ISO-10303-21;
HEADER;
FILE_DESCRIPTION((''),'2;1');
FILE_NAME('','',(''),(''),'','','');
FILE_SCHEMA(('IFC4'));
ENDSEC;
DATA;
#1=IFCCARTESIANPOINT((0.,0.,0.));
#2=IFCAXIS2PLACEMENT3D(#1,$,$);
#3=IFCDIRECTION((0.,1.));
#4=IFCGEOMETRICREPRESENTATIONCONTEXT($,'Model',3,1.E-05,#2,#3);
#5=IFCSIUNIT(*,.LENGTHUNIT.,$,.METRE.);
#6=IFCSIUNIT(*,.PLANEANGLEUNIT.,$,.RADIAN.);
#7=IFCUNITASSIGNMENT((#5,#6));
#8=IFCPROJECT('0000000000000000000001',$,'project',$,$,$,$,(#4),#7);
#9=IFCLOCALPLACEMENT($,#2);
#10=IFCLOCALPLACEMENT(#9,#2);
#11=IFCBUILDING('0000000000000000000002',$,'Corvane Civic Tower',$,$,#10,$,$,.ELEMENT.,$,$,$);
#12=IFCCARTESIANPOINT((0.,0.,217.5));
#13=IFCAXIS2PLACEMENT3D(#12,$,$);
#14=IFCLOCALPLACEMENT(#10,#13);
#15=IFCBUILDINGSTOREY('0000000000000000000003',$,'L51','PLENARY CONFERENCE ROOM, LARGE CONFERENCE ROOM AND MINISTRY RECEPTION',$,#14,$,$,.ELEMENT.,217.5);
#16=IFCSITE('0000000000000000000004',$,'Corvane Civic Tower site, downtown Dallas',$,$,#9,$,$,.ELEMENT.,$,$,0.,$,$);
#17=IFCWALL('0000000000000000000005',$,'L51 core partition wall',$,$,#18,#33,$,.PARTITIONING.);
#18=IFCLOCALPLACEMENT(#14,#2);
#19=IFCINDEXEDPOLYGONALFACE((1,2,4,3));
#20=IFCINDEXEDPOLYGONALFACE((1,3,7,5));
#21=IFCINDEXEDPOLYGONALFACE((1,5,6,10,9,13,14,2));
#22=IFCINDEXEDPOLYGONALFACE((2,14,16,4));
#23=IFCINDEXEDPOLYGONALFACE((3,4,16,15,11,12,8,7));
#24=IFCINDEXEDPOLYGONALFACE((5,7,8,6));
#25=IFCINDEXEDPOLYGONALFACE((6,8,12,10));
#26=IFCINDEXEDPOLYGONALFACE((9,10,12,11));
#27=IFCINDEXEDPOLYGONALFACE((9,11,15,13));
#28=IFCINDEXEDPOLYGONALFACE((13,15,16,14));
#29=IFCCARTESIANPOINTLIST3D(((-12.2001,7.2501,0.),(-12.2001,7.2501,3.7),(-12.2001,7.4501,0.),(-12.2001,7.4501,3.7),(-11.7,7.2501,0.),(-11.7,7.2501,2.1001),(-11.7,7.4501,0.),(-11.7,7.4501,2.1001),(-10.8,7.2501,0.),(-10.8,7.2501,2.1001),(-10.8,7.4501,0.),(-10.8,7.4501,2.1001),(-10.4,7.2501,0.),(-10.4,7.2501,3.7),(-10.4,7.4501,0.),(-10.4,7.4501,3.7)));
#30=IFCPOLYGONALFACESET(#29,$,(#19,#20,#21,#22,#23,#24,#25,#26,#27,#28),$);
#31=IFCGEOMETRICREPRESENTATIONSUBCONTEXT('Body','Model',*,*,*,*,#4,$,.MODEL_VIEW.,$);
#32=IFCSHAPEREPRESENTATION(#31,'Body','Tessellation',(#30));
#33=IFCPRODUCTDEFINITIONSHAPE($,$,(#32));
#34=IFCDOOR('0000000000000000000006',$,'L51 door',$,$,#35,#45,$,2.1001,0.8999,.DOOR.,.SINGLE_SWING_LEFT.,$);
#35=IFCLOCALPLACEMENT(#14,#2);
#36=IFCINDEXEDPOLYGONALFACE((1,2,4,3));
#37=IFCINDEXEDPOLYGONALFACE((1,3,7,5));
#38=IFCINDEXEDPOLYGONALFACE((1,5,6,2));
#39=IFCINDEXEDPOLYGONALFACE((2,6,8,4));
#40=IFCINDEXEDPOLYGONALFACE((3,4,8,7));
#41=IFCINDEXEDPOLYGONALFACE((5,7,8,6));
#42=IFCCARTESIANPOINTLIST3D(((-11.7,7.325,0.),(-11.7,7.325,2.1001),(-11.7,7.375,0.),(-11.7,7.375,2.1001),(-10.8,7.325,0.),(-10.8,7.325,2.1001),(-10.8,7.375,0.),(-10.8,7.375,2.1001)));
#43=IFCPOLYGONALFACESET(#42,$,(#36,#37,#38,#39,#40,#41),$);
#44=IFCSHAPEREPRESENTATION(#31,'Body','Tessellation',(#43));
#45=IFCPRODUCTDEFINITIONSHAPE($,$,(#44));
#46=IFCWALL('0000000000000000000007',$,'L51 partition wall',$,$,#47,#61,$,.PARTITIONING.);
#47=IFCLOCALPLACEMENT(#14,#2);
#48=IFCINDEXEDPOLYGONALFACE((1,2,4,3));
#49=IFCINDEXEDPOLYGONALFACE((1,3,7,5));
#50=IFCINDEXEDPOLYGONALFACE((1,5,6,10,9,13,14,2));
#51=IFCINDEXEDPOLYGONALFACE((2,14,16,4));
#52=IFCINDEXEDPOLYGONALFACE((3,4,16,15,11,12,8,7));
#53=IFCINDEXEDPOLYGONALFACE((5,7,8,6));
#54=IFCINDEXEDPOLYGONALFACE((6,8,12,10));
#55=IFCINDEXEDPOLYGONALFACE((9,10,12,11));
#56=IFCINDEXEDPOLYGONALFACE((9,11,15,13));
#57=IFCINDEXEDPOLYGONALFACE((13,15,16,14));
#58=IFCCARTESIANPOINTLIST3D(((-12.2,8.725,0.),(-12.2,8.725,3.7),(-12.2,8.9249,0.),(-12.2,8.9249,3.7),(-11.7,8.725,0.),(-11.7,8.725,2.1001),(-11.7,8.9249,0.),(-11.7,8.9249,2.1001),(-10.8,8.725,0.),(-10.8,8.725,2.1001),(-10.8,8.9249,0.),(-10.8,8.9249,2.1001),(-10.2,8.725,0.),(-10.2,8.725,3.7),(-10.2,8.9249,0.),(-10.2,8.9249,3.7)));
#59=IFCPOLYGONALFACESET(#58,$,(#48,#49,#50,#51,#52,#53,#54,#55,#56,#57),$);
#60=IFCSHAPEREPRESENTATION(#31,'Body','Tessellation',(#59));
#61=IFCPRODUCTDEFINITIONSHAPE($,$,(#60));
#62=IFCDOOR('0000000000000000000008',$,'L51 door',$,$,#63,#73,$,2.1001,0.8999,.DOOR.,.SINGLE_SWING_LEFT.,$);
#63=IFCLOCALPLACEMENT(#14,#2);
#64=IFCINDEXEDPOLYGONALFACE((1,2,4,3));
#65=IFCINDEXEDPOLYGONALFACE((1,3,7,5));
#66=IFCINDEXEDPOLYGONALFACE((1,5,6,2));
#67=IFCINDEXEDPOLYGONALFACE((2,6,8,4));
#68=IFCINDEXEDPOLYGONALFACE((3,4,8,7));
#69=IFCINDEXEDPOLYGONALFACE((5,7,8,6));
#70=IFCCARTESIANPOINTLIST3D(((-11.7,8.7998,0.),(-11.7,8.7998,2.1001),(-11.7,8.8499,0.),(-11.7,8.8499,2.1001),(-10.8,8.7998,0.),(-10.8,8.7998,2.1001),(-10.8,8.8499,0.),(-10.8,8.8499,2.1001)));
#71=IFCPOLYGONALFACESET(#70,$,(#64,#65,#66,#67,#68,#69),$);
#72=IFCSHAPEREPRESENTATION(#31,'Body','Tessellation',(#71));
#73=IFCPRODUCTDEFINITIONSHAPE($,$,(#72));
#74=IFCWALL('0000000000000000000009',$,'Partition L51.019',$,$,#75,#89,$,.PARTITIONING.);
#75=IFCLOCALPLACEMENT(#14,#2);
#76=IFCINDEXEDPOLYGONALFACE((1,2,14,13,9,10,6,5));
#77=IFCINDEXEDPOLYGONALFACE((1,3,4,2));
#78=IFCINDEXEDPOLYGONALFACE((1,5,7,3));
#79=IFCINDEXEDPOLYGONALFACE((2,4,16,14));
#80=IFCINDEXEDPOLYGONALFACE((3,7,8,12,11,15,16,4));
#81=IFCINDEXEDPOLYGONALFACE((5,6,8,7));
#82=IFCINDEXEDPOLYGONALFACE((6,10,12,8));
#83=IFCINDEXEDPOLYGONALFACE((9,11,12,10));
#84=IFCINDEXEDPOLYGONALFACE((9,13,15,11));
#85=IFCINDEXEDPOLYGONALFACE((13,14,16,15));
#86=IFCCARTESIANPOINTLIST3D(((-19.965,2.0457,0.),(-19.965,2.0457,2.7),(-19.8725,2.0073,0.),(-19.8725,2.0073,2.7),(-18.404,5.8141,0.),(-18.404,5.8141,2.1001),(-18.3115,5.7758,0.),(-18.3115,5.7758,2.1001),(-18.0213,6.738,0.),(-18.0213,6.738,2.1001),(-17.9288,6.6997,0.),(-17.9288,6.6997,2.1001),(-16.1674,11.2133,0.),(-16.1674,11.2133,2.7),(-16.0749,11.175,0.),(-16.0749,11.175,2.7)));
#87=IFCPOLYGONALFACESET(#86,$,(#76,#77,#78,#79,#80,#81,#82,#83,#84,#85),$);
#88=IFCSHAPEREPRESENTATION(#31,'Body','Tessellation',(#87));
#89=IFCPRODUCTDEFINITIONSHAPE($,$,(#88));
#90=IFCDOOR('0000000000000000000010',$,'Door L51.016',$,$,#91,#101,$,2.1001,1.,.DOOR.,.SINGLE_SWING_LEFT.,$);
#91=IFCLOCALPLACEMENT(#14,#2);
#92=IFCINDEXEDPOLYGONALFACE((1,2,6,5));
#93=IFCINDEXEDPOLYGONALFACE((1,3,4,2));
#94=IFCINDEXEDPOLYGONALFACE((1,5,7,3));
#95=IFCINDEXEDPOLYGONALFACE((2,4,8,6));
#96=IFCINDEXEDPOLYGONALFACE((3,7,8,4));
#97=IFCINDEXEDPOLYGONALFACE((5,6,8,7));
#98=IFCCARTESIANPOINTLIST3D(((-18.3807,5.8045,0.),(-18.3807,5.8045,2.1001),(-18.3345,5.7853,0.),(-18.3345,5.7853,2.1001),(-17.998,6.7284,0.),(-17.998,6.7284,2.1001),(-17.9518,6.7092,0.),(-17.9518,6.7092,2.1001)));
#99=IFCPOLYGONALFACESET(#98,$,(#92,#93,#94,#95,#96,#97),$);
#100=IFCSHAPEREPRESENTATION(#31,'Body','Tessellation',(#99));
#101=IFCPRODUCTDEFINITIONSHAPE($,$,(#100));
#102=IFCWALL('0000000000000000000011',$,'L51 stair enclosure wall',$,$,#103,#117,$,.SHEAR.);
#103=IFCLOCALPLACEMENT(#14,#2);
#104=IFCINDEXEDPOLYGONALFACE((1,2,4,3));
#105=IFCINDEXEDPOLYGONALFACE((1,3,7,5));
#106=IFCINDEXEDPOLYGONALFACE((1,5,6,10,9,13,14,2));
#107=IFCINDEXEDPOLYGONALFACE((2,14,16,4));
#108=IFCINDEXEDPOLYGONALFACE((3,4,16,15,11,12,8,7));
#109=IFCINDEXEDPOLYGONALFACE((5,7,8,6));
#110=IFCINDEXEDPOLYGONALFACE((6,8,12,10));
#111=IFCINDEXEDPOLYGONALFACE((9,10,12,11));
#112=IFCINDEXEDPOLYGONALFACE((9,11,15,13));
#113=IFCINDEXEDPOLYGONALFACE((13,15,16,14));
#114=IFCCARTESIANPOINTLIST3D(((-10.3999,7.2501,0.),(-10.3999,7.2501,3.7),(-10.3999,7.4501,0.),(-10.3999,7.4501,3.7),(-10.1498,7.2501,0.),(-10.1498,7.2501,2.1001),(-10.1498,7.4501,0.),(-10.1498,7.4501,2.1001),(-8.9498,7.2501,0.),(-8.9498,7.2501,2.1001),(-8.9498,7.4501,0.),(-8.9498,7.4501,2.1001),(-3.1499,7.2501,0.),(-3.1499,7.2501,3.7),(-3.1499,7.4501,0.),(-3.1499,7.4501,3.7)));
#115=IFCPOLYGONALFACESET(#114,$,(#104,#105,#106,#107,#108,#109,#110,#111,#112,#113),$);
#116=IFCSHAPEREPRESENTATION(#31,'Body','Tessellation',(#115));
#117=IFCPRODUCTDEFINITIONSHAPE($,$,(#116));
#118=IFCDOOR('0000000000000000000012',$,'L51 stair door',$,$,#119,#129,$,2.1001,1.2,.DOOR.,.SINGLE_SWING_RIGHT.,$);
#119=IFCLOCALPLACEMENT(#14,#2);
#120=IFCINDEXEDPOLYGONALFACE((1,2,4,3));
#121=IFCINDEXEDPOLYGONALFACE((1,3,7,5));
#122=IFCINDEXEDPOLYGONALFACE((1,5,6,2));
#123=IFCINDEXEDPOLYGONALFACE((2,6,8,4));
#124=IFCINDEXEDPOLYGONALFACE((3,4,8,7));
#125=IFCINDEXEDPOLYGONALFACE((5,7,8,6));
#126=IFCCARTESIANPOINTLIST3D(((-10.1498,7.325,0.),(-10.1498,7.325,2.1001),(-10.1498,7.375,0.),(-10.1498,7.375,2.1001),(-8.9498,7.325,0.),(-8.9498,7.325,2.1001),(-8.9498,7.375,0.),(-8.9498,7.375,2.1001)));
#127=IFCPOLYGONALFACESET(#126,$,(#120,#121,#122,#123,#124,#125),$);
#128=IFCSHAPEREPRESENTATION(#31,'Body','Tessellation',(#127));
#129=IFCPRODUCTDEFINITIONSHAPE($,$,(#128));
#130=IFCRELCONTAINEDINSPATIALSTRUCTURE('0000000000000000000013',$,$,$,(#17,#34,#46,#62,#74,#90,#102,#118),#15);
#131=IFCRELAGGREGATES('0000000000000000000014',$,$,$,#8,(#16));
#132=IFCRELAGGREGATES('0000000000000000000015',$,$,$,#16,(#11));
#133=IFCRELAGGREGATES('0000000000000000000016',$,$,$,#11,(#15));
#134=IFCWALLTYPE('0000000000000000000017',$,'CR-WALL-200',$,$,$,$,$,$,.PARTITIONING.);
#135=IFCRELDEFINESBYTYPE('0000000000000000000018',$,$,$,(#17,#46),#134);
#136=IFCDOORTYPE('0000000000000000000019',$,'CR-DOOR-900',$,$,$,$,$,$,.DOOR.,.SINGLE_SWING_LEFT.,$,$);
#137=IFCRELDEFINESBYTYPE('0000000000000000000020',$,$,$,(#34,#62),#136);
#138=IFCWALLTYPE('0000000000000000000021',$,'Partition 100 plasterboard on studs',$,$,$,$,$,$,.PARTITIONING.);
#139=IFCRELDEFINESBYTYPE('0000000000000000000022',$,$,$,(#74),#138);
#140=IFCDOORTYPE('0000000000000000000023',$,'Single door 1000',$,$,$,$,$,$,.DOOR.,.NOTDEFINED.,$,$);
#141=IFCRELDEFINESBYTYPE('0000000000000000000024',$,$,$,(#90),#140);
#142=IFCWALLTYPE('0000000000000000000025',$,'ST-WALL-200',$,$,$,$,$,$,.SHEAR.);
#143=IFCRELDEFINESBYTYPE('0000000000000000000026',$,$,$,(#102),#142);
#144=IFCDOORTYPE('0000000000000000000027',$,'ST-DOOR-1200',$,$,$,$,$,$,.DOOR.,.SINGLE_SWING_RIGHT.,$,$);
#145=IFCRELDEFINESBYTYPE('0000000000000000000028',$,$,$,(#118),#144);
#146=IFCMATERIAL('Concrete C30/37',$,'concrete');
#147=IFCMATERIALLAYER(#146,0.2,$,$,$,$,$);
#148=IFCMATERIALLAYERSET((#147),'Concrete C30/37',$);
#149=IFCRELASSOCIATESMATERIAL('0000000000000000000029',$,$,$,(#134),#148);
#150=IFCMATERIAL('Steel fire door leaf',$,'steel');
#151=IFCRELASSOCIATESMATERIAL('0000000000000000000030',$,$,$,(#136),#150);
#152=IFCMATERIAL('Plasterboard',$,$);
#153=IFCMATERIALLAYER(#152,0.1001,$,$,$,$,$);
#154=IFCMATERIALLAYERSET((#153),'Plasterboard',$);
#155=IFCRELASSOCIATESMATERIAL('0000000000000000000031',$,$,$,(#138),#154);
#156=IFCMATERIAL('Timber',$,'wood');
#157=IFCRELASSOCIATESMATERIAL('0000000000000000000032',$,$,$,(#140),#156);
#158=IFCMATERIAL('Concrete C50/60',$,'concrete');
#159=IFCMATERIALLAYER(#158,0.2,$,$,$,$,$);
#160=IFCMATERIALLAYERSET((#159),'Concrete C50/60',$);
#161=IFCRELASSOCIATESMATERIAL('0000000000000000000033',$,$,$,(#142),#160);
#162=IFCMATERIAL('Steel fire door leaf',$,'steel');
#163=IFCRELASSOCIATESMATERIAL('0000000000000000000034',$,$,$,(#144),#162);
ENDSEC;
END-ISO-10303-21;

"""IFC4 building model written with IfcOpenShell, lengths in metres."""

from ifc_helpers import new_model, si_unit, direction, frame, frame_2d, origin, place, context, subcontext, project, spatial, rectangle, extrude, material, layer, layer_set, type_object, element, fill, save


model = new_model("IFC4")

# Units and contexts
model_context = context("Model", 3, precision=1e-05, world=origin(), true_north=direction((0.0, 1.0)))
body_context = subcontext(model_context, "Body", "Model", "MODEL_VIEW")
ifc_project = project(units=[si_unit("LENGTHUNIT", "METRE"), si_unit("PLANEANGLEUNIT", "RADIAN")], contexts=[model_context])

# Site, building, storey
site_placement = place(None, origin())
site = spatial("IfcSite", under=ifc_project, at=site_placement, Name="Corvane Civic Tower site, downtown Dallas", CompositionType="ELEMENT", RefElevation=0.0)
building_placement = place(site_placement, origin())
building = spatial("IfcBuilding", under=site, at=building_placement, Name="Corvane Civic Tower", CompositionType="ELEMENT")
storey_placement = place(building_placement, frame((0.0, 0.0, 217.5)))
storey = spatial("IfcBuildingStorey", under=building, at=storey_placement, Name="L51", Description="PLENARY CONFERENCE ROOM, LARGE CONFERENCE ROOM AND MINISTRY RECEPTION", CompositionType="ELEMENT", Elevation=217.5)

# Shared definitions
ifc_material_1 = material(Name="Concrete C30/37", Category="concrete")
ifc_layer_1 = layer(ifc_material_1, 0.2)
ifc_layer_set_1 = layer_set([ifc_layer_1], Name="Concrete C30/37")
wall_type_1 = type_object("IfcWallType", Name="CR-WALL-200", PredefinedType="PARTITIONING", material=ifc_layer_set_1)
ifc_material_2 = material(Name="Steel fire door leaf", Category="steel")
door_type_1 = type_object("IfcDoorType", Name="CR-DOOR-900", OperationType="SINGLE_SWING_LEFT", PredefinedType="DOOR", material=ifc_material_2)

# Walls, openings, doors
wall_1_placement = place(storey_placement, frame((-12.2, 7.3501, 0.0), z_axis=(0.0, 0.0, 1.0), x_axis=(1.0, 0.0, 0.0)))
wall_1 = element("IfcWall", 1, at=wall_1_placement, inside=storey, type_object=wall_type_1, Name="L51 core partition wall", PredefinedType="PARTITIONING", context=body_context, shape_type="SweptSolid", body=[
    extrude(rectangle(XDim=1.8, YDim=0.2, at=frame_2d((0.8999, 0.0))), origin(), (0.0, 0.0, 1.0), 3.7),
])
opening_1_placement = place(wall_1_placement, frame((0.5, 0.0, 0.0)))
opening_1 = element("IfcOpeningElement", 2, at=opening_1_placement, cuts=wall_1, PredefinedType="OPENING", context=body_context, shape_type="SweptSolid", body=[
    extrude(rectangle(XDim=0.8999, YDim=2.1001, at=frame_2d((0.45, 1.05))), frame((0.0, 0.1099, 0.0), z_axis=(0.0, -1.0, 0.0), x_axis=(1.0, 0.0, 0.0)), (0.0, 0.0, 1.0), 0.22),
])
door_1_placement = place(opening_1_placement, origin())
door_1 = element("IfcDoor", 3, at=door_1_placement, inside=storey, type_object=door_type_1, Name="L51 door", OperationType="SINGLE_SWING_LEFT", OverallHeight=2.1001, OverallWidth=0.8999, PredefinedType="DOOR", context=body_context, shape_type="SweptSolid", body=[
    extrude(rectangle(XDim=0.8999, YDim=2.1001, at=frame_2d((0.45, 1.05))), frame((0.0, 0.0249, 0.0), z_axis=(0.0, -1.0, 0.0), x_axis=(1.0, 0.0, 0.0)), (0.0, 0.0, 1.0), 0.05),
])
fill(opening_1, door_1)
wall_2_placement = place(storey_placement, frame((-12.2, 8.825, 0.0), z_axis=(0.0, 0.0, 1.0), x_axis=(1.0, 0.0, 0.0)))
wall_2 = element("IfcWall", 4, at=wall_2_placement, inside=storey, type_object=wall_type_1, Name="L51 partition wall", PredefinedType="PARTITIONING", context=body_context, shape_type="SweptSolid", body=[
    extrude(rectangle(XDim=2.0, YDim=0.2, at=frame_2d((1.0, 0.0))), origin(), (0.0, 0.0, 1.0), 3.7),
])
opening_2_placement = place(wall_2_placement, frame((0.5, 0.0, 0.0)))
opening_2 = element("IfcOpeningElement", 5, at=opening_2_placement, cuts=wall_2, PredefinedType="OPENING", context=body_context, shape_type="SweptSolid", body=[
    extrude(rectangle(XDim=0.8999, YDim=2.1001, at=frame_2d((0.45, 1.05))), frame((0.0, 0.1099, 0.0), z_axis=(0.0, -1.0, 0.0), x_axis=(1.0, 0.0, 0.0)), (0.0, 0.0, 1.0), 0.22),
])
door_2_placement = place(opening_2_placement, origin())
door_2 = element("IfcDoor", 6, at=door_2_placement, inside=storey, type_object=door_type_1, Name="L51 door", OperationType="SINGLE_SWING_LEFT", OverallHeight=2.1001, OverallWidth=0.8999, PredefinedType="DOOR", context=body_context, shape_type="SweptSolid", body=[
    extrude(rectangle(XDim=0.8999, YDim=2.1001, at=frame_2d((0.45, 1.05))), frame((0.0, 0.0249, 0.0), z_axis=(0.0, -1.0, 0.0), x_axis=(1.0, 0.0, 0.0)), (0.0, 0.0, 1.0), 0.05),
])
fill(opening_2, door_2)
ifc_material_3 = material(Name="Plasterboard")
ifc_layer_2 = layer(ifc_material_3, 0.1001)
ifc_layer_set_2 = layer_set([ifc_layer_2], Name="Plasterboard")
wall_type_2 = type_object("IfcWallType", Name="Partition 100 plasterboard on studs", PredefinedType="PARTITIONING", material=ifc_layer_set_2)
wall_3_placement = place(storey_placement, frame((-19.9187, 2.0266, 0.0), z_axis=(0.0, 0.0, 1.0), x_axis=(0.382702, 0.923872, 0.0)))
wall_3 = element("IfcWall", 7, at=wall_3_placement, inside=storey, type_object=wall_type_2, Name="Partition L51.019", PredefinedType="PARTITIONING", context=body_context, shape_type="SweptSolid", body=[
    extrude(rectangle(XDim=9.9231, YDim=0.1001, at=frame_2d((4.9614, 0.0))), origin(), (0.0, 0.0, 1.0), 2.7),
])
opening_3_placement = place(wall_3_placement, frame((4.0789, 0.0, 0.0)))
opening_3 = element("IfcOpeningElement", 8, at=opening_3_placement, cuts=wall_3, PredefinedType="OPENING", context=body_context, shape_type="SweptSolid", body=[
    extrude(rectangle(XDim=1.0, YDim=2.1001, at=frame_2d((0.5, 1.05))), frame((0.0, 0.0601, 0.0), z_axis=(0.0, -1.0, 0.0), x_axis=(1.0, 0.0, 0.0)), (0.0, 0.0, 1.0), 0.1201),
])
ifc_material_4 = material(Name="Timber", Category="wood")
door_type_2 = type_object("IfcDoorType", Name="Single door 1000", OperationType="NOTDEFINED", PredefinedType="DOOR", material=ifc_material_4)
door_3_placement = place(opening_3_placement, origin())
door_3 = element("IfcDoor", 9, at=door_3_placement, inside=storey, type_object=door_type_2, Name="Door L51.016", OperationType="SINGLE_SWING_LEFT", OverallHeight=2.1001, OverallWidth=1.0, PredefinedType="DOOR", context=body_context, shape_type="SweptSolid", body=[
    extrude(rectangle(XDim=1.0, YDim=2.1001, at=frame_2d((0.5, 1.05))), frame((0.0, 0.0249, 0.0), z_axis=(0.0, -1.0, 0.0), x_axis=(1.0, 0.0, 0.0)), (0.0, 0.0, 1.0), 0.05),
])
fill(opening_3, door_3)
ifc_material_5 = material(Name="Concrete C50/60", Category="concrete")
ifc_layer_3 = layer(ifc_material_5, 0.2)
ifc_layer_set_3 = layer_set([ifc_layer_3], Name="Concrete C50/60")
wall_type_3 = type_object("IfcWallType", Name="ST-WALL-200", PredefinedType="SHEAR", material=ifc_layer_set_3)
wall_4_placement = place(storey_placement, frame((-10.3999, 7.3501, 0.0), z_axis=(0.0, 0.0, 1.0), x_axis=(1.0, 0.0, 0.0)))
wall_4 = element("IfcWall", 10, at=wall_4_placement, inside=storey, type_object=wall_type_3, Name="L51 stair enclosure wall", PredefinedType="SHEAR", context=body_context, shape_type="SweptSolid", body=[
    extrude(rectangle(XDim=7.25, YDim=0.2, at=frame_2d((3.625, 0.0))), origin(), (0.0, 0.0, 1.0), 3.7),
])
opening_4_placement = place(wall_4_placement, frame((0.25, 0.0, 0.0)))
opening_4 = element("IfcOpeningElement", 11, at=opening_4_placement, cuts=wall_4, PredefinedType="OPENING", context=body_context, shape_type="SweptSolid", body=[
    extrude(rectangle(XDim=1.2, YDim=2.1001, at=frame_2d((0.6001, 1.05))), frame((0.0, 0.1099, 0.0), z_axis=(0.0, -1.0, 0.0), x_axis=(1.0, 0.0, 0.0)), (0.0, 0.0, 1.0), 0.22),
])
ifc_material_6 = material(Name="Steel fire door leaf", Category="steel")
door_type_3 = type_object("IfcDoorType", Name="ST-DOOR-1200", OperationType="SINGLE_SWING_RIGHT", PredefinedType="DOOR", material=ifc_material_6)
door_4_placement = place(opening_4_placement, origin())
door_4 = element("IfcDoor", 12, at=door_4_placement, inside=storey, type_object=door_type_3, Name="L51 stair door", OperationType="SINGLE_SWING_RIGHT", OverallHeight=2.1001, OverallWidth=1.2, PredefinedType="DOOR", context=body_context, shape_type="SweptSolid", body=[
    extrude(rectangle(XDim=1.2, YDim=2.1001, at=frame_2d((0.6001, 1.05))), frame((0.0, 0.0249, 0.0), z_axis=(0.0, -1.0, 0.0), x_axis=(1.0, 0.0, 0.0)), (0.0, 0.0, 1.0), 0.05),
])
fill(opening_4, door_4)

save(model, "model.ifc")
